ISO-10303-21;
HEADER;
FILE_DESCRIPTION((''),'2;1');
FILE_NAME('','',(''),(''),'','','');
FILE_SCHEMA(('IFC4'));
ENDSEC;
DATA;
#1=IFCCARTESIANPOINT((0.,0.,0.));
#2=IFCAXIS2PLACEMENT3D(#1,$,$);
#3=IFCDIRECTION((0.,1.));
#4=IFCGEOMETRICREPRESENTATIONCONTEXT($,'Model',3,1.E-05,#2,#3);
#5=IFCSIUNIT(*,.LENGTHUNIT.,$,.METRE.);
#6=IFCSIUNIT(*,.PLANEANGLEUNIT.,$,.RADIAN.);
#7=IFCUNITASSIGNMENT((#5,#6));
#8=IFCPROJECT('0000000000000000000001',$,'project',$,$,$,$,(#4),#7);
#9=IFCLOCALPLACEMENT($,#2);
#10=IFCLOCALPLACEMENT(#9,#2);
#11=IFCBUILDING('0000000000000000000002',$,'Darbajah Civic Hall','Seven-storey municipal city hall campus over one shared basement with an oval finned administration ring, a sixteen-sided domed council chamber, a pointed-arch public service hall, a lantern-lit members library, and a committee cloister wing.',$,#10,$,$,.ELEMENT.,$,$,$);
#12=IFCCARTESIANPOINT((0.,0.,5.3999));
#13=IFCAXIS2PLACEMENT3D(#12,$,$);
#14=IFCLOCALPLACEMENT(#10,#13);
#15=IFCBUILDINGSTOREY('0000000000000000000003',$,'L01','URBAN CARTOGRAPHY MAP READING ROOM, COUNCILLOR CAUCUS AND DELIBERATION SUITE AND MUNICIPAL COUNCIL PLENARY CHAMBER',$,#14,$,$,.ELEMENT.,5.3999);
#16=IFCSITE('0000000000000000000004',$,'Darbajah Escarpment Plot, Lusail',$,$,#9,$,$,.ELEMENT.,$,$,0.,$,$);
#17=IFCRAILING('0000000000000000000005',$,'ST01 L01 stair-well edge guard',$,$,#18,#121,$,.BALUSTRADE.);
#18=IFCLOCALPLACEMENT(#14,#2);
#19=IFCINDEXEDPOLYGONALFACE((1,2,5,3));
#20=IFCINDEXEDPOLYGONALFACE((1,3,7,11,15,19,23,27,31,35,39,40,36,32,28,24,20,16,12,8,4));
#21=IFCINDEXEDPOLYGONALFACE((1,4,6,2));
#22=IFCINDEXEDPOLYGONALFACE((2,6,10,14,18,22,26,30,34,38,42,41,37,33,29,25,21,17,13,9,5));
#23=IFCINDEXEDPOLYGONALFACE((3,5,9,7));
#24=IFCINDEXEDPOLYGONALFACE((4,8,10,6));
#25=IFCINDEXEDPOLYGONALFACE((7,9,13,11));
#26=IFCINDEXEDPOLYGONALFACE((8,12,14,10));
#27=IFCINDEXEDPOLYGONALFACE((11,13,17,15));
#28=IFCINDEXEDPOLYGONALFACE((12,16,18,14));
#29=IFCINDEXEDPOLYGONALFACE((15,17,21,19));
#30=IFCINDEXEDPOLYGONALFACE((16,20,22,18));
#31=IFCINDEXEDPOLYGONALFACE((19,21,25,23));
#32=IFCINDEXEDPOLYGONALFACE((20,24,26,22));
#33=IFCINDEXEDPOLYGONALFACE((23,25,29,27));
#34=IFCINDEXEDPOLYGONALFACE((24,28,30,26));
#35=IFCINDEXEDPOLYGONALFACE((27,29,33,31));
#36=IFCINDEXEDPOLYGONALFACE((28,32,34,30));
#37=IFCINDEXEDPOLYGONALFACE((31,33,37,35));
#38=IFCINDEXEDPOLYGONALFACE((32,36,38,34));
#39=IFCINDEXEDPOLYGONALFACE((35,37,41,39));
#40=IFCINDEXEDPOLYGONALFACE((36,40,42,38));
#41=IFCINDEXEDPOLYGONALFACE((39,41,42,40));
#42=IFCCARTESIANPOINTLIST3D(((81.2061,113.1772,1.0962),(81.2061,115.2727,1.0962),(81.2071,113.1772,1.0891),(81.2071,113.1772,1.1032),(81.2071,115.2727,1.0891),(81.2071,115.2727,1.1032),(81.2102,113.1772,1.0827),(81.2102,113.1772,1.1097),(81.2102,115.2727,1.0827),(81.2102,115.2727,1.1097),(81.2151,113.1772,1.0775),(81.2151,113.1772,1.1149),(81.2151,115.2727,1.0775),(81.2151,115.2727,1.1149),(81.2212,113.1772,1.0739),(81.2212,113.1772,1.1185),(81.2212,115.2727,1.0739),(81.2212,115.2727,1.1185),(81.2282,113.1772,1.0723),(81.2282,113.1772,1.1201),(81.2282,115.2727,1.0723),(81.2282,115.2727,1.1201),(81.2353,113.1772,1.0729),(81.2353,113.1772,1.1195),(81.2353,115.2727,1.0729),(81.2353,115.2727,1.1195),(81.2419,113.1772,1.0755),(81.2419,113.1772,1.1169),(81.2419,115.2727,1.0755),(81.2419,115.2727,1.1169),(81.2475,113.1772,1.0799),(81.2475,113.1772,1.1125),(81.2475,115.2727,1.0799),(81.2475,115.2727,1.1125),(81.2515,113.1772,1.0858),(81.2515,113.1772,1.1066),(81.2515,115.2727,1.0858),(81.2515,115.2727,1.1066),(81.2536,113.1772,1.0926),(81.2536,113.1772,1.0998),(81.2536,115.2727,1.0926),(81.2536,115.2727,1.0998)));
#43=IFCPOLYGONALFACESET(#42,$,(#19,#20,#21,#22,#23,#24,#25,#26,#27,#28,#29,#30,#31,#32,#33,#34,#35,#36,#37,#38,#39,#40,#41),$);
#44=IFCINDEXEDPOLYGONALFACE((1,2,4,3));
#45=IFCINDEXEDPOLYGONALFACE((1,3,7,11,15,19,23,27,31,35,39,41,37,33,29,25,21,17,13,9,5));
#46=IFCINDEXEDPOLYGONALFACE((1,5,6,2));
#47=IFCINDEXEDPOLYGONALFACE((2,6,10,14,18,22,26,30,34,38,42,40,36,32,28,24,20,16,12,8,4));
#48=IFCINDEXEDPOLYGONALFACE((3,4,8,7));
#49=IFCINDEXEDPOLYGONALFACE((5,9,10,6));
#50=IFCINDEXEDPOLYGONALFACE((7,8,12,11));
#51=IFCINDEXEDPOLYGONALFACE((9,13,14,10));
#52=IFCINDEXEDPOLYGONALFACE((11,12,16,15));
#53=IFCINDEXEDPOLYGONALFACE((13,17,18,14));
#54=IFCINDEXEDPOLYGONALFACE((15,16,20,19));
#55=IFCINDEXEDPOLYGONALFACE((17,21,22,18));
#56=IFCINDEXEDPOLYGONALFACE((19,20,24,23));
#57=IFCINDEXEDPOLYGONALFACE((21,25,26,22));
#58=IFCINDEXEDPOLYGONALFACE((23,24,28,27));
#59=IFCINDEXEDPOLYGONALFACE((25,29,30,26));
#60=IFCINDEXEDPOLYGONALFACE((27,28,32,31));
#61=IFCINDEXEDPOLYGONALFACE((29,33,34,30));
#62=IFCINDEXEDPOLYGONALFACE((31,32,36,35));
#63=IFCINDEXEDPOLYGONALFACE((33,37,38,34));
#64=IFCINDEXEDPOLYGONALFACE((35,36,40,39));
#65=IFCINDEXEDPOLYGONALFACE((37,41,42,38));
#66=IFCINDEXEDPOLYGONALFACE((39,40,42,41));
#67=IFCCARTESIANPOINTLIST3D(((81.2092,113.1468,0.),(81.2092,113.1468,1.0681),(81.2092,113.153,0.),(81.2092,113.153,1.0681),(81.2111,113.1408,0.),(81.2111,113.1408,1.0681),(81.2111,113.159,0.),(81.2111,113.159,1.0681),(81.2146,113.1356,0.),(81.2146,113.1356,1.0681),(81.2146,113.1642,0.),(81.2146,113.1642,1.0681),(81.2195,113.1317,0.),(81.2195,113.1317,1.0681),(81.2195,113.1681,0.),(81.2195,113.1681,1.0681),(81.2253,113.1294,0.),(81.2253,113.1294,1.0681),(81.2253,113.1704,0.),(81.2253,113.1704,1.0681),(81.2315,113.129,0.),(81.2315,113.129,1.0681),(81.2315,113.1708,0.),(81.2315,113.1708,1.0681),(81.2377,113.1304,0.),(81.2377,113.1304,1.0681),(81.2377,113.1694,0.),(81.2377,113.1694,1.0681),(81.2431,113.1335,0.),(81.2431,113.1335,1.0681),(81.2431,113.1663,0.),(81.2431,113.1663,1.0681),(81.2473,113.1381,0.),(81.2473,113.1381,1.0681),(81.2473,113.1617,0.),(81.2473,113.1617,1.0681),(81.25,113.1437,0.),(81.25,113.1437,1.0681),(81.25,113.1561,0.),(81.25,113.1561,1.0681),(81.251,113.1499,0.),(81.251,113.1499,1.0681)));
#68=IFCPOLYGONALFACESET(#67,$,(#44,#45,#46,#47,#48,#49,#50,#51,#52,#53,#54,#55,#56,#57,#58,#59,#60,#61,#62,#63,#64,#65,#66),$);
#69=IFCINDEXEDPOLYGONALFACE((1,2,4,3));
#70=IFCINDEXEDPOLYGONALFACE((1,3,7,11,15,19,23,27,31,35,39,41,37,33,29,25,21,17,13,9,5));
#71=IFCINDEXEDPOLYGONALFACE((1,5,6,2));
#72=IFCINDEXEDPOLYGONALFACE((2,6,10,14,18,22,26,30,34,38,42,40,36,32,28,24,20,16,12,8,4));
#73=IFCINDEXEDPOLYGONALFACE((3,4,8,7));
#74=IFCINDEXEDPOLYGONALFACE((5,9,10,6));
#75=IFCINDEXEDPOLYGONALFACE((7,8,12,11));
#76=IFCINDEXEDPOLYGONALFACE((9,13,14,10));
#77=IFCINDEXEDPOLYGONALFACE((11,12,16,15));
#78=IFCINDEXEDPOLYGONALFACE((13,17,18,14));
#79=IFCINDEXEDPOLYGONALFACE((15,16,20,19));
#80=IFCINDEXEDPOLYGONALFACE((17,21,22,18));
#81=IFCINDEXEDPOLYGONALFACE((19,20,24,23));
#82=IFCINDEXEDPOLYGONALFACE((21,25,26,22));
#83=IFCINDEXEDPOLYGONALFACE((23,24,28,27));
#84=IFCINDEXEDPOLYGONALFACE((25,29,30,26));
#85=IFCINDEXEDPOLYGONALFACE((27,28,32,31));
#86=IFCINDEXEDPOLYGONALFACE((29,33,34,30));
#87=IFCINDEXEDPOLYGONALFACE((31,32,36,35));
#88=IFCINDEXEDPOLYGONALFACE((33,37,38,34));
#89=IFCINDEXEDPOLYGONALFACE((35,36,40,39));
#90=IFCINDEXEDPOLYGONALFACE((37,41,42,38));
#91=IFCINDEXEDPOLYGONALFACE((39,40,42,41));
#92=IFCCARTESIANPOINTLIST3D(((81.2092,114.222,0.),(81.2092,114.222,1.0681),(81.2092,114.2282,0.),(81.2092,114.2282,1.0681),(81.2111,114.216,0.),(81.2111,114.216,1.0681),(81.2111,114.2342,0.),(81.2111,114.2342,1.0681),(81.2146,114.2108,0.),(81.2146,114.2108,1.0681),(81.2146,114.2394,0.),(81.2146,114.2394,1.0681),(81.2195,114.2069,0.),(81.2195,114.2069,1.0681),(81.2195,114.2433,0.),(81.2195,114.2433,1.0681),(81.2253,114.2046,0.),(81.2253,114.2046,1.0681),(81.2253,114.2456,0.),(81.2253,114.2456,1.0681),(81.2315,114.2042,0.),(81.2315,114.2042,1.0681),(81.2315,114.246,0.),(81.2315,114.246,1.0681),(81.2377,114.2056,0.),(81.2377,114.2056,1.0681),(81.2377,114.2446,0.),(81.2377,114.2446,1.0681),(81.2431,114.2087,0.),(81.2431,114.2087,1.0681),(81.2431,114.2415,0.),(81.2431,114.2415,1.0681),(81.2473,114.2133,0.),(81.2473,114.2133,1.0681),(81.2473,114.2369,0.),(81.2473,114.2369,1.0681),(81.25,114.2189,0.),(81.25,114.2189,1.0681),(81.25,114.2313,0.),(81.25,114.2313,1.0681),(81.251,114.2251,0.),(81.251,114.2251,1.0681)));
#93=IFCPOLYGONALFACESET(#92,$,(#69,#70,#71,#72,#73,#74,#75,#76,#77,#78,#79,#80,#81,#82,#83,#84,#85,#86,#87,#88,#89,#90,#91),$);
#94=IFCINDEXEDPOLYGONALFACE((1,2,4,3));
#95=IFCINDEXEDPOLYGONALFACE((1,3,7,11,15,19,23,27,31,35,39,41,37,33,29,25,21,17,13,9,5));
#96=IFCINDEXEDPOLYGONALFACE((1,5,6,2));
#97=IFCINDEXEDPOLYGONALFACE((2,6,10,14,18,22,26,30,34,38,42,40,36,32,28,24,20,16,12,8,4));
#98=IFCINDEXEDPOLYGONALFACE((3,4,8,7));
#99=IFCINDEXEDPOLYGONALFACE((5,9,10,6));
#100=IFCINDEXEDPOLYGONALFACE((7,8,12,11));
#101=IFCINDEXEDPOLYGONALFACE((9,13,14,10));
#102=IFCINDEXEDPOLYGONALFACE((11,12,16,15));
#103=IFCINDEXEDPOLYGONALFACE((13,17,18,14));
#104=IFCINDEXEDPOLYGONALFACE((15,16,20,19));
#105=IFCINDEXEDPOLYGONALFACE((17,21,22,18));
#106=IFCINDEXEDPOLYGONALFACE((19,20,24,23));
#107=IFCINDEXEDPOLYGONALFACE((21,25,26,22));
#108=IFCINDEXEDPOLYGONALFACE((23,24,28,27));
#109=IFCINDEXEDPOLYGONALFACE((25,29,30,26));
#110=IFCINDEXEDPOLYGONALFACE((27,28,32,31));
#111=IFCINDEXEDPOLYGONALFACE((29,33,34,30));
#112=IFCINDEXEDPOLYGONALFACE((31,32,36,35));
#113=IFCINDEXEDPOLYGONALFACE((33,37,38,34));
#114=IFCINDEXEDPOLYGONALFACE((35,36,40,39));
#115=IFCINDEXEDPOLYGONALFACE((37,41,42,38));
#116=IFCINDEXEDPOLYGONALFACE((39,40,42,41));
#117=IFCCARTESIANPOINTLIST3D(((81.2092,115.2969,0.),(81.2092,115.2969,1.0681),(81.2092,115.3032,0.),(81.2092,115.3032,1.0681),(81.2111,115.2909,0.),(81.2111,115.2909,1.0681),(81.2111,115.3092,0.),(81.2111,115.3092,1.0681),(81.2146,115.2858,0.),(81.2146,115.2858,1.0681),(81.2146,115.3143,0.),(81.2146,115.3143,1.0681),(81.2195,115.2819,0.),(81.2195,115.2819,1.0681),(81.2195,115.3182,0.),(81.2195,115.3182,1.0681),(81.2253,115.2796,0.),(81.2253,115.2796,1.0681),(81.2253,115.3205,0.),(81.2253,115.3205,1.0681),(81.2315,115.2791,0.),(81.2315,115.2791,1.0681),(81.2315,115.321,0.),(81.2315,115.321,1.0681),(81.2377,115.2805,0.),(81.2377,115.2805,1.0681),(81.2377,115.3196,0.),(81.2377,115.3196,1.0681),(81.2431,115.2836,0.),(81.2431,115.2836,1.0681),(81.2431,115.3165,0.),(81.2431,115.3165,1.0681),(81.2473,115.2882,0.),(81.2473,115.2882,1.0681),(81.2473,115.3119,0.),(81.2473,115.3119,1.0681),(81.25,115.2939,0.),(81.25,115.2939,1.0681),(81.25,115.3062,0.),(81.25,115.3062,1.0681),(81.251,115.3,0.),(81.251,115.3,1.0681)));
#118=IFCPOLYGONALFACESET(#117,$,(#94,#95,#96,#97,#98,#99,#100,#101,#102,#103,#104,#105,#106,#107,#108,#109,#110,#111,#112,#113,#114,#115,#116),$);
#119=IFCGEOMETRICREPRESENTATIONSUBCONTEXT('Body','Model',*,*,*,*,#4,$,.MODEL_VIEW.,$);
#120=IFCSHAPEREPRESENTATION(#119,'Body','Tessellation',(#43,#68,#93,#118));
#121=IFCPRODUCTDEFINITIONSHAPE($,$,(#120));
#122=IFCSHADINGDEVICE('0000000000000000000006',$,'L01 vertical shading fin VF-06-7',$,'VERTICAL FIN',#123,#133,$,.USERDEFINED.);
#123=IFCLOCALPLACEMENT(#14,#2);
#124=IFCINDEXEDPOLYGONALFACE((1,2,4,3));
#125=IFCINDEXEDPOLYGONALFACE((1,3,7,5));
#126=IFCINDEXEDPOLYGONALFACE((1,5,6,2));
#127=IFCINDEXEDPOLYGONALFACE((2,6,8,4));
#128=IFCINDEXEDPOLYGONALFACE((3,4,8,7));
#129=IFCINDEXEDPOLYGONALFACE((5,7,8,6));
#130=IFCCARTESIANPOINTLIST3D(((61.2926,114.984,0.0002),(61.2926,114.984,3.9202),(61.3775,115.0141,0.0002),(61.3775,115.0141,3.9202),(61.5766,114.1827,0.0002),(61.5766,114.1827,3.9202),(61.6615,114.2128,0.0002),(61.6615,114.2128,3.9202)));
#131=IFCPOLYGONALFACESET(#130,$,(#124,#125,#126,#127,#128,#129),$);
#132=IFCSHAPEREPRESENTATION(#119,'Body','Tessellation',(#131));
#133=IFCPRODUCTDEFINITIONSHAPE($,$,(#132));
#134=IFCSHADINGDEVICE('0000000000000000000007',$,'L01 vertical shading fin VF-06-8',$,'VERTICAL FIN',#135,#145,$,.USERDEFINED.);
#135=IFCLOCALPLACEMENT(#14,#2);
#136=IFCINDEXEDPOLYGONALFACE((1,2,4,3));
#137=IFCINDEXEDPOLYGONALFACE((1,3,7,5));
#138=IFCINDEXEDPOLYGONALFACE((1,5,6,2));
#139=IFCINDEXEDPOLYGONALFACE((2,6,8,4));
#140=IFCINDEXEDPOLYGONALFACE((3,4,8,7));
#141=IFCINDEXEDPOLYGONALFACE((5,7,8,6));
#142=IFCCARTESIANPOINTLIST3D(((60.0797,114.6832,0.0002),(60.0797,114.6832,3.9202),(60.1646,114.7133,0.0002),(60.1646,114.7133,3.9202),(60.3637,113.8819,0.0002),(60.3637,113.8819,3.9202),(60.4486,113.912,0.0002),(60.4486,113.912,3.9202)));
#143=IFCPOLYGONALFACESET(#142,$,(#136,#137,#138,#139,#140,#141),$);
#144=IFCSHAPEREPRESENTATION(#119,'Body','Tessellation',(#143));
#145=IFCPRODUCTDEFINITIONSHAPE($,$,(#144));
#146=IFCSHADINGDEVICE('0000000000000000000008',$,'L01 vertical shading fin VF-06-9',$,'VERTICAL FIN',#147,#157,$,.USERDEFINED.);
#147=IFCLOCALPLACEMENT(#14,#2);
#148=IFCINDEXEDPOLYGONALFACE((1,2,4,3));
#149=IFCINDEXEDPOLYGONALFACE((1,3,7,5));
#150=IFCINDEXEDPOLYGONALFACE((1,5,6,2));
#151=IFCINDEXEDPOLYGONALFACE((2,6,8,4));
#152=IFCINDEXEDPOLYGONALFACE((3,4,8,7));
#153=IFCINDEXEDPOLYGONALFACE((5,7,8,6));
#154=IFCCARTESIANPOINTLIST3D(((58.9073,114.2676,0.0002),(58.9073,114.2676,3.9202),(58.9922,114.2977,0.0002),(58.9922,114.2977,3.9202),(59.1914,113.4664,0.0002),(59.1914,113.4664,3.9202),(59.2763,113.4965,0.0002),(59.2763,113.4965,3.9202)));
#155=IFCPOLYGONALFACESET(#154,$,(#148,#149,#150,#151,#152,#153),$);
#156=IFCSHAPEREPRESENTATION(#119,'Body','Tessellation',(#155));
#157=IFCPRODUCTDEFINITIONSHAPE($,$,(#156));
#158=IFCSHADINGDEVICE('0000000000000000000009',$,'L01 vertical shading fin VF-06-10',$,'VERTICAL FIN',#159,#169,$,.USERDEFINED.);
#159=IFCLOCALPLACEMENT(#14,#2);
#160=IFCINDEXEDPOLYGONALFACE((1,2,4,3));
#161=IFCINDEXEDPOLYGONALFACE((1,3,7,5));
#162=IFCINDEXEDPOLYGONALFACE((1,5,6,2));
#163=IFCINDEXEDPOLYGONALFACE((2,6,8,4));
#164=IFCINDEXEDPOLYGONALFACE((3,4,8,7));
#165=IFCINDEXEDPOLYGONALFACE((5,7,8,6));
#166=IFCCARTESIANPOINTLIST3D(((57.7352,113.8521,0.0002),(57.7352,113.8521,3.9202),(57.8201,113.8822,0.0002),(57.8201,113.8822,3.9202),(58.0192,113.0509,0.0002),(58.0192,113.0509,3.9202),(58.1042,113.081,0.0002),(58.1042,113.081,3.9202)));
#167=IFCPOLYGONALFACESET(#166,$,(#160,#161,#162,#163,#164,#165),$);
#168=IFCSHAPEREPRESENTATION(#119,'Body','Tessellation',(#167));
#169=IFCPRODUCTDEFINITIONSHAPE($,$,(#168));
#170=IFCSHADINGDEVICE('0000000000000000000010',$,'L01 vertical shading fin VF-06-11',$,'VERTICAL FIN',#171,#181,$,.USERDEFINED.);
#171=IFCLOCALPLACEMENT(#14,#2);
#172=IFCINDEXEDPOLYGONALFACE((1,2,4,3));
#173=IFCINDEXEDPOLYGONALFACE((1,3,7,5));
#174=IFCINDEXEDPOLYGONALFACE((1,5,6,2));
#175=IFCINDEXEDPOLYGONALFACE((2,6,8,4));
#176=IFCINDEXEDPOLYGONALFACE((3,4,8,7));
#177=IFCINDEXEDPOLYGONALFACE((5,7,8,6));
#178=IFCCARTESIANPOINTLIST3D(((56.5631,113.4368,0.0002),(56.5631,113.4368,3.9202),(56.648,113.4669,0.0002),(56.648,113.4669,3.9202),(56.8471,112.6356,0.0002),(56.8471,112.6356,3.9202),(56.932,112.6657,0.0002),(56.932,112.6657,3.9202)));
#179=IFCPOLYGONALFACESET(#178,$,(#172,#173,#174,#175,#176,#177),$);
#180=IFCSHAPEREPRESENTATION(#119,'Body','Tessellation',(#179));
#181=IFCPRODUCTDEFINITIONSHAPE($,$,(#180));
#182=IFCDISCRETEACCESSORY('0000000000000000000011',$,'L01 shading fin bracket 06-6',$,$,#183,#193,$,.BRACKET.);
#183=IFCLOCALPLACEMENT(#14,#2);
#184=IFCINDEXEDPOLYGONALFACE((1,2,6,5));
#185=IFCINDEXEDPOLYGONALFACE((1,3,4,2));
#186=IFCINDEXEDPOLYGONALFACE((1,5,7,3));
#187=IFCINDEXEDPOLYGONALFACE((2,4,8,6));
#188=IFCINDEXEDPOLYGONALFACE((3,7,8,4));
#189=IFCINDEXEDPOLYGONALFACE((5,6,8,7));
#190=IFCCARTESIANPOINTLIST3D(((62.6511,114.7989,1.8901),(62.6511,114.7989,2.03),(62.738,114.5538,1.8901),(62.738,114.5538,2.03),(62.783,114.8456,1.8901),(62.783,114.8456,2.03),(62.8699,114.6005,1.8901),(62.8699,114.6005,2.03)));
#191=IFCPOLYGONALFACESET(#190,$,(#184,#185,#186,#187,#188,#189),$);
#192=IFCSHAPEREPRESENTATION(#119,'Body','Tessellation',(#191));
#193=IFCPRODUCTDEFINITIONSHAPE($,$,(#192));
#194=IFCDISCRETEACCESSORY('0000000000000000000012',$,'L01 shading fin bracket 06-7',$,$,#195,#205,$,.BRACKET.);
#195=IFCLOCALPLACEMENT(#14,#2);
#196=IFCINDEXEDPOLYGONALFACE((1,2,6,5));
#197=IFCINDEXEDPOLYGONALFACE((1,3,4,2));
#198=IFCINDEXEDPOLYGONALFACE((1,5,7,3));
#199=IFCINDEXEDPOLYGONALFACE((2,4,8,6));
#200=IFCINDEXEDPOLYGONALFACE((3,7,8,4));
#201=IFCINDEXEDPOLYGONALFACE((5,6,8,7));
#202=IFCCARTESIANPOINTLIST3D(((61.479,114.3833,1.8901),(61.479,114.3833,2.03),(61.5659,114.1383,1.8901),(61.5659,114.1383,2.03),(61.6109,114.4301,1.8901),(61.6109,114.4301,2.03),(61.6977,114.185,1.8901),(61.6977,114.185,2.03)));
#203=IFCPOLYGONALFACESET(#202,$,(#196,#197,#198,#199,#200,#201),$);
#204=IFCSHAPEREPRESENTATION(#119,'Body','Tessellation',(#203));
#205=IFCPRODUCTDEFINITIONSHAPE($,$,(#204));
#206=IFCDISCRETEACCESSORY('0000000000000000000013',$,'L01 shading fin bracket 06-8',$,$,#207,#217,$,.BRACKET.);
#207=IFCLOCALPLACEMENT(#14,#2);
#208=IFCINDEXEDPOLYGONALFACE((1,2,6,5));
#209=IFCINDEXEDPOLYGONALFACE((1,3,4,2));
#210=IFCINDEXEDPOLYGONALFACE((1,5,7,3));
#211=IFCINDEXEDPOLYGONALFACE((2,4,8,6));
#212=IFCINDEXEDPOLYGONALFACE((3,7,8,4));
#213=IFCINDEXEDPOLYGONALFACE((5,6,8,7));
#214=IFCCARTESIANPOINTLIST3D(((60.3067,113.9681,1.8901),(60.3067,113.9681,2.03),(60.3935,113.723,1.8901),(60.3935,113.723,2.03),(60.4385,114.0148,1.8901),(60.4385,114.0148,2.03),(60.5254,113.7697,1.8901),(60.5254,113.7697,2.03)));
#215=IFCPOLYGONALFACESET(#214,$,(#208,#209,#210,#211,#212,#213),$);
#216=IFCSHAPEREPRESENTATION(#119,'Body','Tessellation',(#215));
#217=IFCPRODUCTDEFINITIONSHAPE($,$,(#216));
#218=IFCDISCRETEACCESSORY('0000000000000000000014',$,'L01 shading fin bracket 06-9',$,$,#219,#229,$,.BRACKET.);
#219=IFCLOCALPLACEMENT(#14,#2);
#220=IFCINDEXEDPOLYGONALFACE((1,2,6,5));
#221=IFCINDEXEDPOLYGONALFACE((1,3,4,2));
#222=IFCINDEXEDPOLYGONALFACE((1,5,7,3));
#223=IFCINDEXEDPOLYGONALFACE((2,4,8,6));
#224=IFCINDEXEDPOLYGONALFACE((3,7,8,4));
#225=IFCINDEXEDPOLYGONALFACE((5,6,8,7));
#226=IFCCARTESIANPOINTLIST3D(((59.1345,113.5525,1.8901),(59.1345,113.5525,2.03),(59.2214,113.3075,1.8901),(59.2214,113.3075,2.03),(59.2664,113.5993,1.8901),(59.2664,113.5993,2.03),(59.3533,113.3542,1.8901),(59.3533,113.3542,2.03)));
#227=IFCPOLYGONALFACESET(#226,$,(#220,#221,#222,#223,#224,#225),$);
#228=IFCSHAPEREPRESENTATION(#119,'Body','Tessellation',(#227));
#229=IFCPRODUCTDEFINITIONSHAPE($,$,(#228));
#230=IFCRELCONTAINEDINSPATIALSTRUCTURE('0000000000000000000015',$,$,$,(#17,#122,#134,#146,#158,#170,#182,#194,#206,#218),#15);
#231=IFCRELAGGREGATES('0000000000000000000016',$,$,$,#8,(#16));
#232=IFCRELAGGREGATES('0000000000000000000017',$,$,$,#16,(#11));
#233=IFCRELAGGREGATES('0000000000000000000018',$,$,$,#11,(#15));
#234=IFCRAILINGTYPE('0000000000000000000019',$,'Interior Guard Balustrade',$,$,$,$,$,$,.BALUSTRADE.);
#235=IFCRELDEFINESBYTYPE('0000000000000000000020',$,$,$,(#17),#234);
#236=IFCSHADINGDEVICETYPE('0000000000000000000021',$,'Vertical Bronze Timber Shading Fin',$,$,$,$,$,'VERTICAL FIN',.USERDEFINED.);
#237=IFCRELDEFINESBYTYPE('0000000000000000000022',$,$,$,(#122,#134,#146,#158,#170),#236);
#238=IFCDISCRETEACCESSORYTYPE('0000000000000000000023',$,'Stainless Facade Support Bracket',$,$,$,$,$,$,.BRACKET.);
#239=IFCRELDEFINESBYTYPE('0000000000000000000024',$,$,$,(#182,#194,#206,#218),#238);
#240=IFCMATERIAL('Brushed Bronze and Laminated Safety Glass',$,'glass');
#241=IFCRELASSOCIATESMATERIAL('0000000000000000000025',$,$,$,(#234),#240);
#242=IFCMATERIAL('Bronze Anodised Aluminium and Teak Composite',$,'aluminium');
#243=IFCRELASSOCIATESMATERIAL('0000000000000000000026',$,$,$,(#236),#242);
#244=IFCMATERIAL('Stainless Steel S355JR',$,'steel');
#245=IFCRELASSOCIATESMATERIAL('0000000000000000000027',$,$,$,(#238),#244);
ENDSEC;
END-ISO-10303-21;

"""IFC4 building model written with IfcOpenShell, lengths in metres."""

from ifc_helpers import new_model, si_unit, direction, frame, origin, origin_2d, place, context, subcontext, project, spatial, rectangle, circle, extrude, material, type_object, element, save


model = new_model("IFC4")

# Units and contexts
model_context = context("Model", 3, precision=1e-05, world=origin(), true_north=direction((0.0, 1.0)))
body_context = subcontext(model_context, "Body", "Model", "MODEL_VIEW")
ifc_project = project(units=[si_unit("LENGTHUNIT", "METRE"), si_unit("PLANEANGLEUNIT", "RADIAN")], contexts=[model_context])

# Site, building, storey
site_placement = place(None, origin())
site = spatial("IfcSite", under=ifc_project, at=site_placement, Name="Darbajah Escarpment Plot, Lusail", CompositionType="ELEMENT", RefElevation=0.0)
building_placement = place(site_placement, origin())
building = spatial("IfcBuilding", under=site, at=building_placement, Name="Darbajah Civic Hall", Description="Seven-storey municipal city hall campus over one shared basement with an oval finned administration ring, a sixteen-sided domed council chamber, a pointed-arch public service hall, a lantern-lit members library, and a committee cloister wing.", CompositionType="ELEMENT")
storey_placement = place(building_placement, frame((0.0, 0.0, 5.3999)))
storey = spatial("IfcBuildingStorey", under=building, at=storey_placement, Name="L01", Description="URBAN CARTOGRAPHY MAP READING ROOM, COUNCILLOR CAUCUS AND DELIBERATION SUITE AND MUNICIPAL COUNCIL PLENARY CHAMBER", CompositionType="ELEMENT", Elevation=5.3999)

# Railing
ifc_material_1 = material(Name="Brushed Bronze and Laminated Safety Glass", Category="glass")
railing_type_1 = type_object("IfcRailingType", Name="Interior Guard Balustrade", PredefinedType="BALUSTRADE", material=ifc_material_1)
railing_1_placement = place(storey_placement, frame((81.23, 113.1499, 0.0)))
element("IfcRailing", 1, at=railing_1_placement, inside=storey, type_object=railing_type_1, Name="ST01 L01 stair-well edge guard", PredefinedType="BALUSTRADE", context=body_context, shape_type="SweptSolid", body=[
    extrude(circle(Radius=0.0239, at=origin_2d()), frame((0.0, 0.0273, 1.0962), z_axis=(0.0, 1.0, 0.0), x_axis=(-1.0, 0.0, 0.0)), (0.0, 0.0, 1.0), 2.0955),
    extrude(circle(Radius=0.021, at=origin_2d()), origin(), (0.0, 0.0, 1.0), 1.0681),
    extrude(circle(Radius=0.021, at=origin_2d()), frame((0.0, 1.0752, 0.0)), (0.0, 0.0, 1.0), 1.0681),
    extrude(circle(Radius=0.021, at=origin_2d()), frame((0.0, 2.1501, 0.0)), (0.0, 0.0, 1.0), 1.0681),
])

# Shading devices
ifc_material_2 = material(Name="Bronze Anodised Aluminium and Teak Composite", Category="aluminium")
shading_device_type = type_object("IfcShadingDeviceType", Name="Vertical Bronze Timber Shading Fin", ElementType="VERTICAL FIN", PredefinedType="USERDEFINED", material=ifc_material_2)
for number, where, z_axis, x_axis, name in (
    (2, (61.4771, 114.5984, 0.0002), (0.0, 0.0, 1.0), (-0.334136, 0.942525, 0.0), "L01 vertical shading fin VF-06-7"),
    (3, (60.2642, 114.2976, 0.0002), (0.0, 0.0, 1.0), (-0.334136, 0.942525, 0.0), "L01 vertical shading fin VF-06-8"),
    (4, (59.0918, 113.8821, 0.0002), (0.0, 0.0, 1.0), (-0.334136, 0.942525, 0.0), "L01 vertical shading fin VF-06-9"),
    (5, (57.9197, 113.4666, 0.0002), (0.0, 0.0, 1.0), (-0.334136, 0.942525, 0.0), "L01 vertical shading fin VF-06-10"),
    (6, (56.7476, 113.0513, 0.0002), (0.0, 0.0, 1.0), (-0.334136, 0.942525, 0.0), "L01 vertical shading fin VF-06-11"),
):
    element("IfcShadingDevice", number, at=place(storey_placement, frame(where, z_axis=z_axis, x_axis=x_axis)), inside=storey, type_object=shading_device_type, Name=name, ObjectType="VERTICAL FIN", PredefinedType="USERDEFINED", context=body_context, shape_type="SweptSolid", body=[
        extrude(rectangle(XDim=0.8501, YDim=0.0901, at=origin_2d()), origin(), (0.0, 0.0, 1.0), 3.9199),
    ])

# Discrete accessories
ifc_material_3 = material(Name="Stainless Steel S355JR", Category="steel")
discrete_accessory_type = type_object("IfcDiscreteAccessoryType", Name="Stainless Facade Support Bracket", PredefinedType="BRACKET", material=ifc_material_3)
for number, where, z_axis, x_axis, name in (
    (7, (62.7605, 114.6997, 1.8901), (0.0, 0.0, 1.0), (-0.334136, 0.942525, 0.0), "L01 shading fin bracket 06-6"),
    (8, (61.5884, 114.2842, 1.8901), (0.0, 0.0, 1.0), (-0.334136, 0.942525, 0.0), "L01 shading fin bracket 06-7"),
    (9, (60.416, 113.8689, 1.8901), (0.0, 0.0, 1.0), (-0.334136, 0.942525, 0.0), "L01 shading fin bracket 06-8"),
    (10, (59.2439, 113.4534, 1.8901), (0.0, 0.0, 1.0), (-0.334136, 0.942525, 0.0), "L01 shading fin bracket 06-9"),
):
    element("IfcDiscreteAccessory", number, at=place(storey_placement, frame(where, z_axis=z_axis, x_axis=x_axis)), inside=storey, type_object=discrete_accessory_type, Name=name, PredefinedType="BRACKET", context=body_context, shape_type="SweptSolid", body=[
        extrude(rectangle(XDim=0.26, YDim=0.1399, at=origin_2d()), origin(), (0.0, 0.0, 1.0), 0.1399),
    ])

save(model, "model.ifc")
